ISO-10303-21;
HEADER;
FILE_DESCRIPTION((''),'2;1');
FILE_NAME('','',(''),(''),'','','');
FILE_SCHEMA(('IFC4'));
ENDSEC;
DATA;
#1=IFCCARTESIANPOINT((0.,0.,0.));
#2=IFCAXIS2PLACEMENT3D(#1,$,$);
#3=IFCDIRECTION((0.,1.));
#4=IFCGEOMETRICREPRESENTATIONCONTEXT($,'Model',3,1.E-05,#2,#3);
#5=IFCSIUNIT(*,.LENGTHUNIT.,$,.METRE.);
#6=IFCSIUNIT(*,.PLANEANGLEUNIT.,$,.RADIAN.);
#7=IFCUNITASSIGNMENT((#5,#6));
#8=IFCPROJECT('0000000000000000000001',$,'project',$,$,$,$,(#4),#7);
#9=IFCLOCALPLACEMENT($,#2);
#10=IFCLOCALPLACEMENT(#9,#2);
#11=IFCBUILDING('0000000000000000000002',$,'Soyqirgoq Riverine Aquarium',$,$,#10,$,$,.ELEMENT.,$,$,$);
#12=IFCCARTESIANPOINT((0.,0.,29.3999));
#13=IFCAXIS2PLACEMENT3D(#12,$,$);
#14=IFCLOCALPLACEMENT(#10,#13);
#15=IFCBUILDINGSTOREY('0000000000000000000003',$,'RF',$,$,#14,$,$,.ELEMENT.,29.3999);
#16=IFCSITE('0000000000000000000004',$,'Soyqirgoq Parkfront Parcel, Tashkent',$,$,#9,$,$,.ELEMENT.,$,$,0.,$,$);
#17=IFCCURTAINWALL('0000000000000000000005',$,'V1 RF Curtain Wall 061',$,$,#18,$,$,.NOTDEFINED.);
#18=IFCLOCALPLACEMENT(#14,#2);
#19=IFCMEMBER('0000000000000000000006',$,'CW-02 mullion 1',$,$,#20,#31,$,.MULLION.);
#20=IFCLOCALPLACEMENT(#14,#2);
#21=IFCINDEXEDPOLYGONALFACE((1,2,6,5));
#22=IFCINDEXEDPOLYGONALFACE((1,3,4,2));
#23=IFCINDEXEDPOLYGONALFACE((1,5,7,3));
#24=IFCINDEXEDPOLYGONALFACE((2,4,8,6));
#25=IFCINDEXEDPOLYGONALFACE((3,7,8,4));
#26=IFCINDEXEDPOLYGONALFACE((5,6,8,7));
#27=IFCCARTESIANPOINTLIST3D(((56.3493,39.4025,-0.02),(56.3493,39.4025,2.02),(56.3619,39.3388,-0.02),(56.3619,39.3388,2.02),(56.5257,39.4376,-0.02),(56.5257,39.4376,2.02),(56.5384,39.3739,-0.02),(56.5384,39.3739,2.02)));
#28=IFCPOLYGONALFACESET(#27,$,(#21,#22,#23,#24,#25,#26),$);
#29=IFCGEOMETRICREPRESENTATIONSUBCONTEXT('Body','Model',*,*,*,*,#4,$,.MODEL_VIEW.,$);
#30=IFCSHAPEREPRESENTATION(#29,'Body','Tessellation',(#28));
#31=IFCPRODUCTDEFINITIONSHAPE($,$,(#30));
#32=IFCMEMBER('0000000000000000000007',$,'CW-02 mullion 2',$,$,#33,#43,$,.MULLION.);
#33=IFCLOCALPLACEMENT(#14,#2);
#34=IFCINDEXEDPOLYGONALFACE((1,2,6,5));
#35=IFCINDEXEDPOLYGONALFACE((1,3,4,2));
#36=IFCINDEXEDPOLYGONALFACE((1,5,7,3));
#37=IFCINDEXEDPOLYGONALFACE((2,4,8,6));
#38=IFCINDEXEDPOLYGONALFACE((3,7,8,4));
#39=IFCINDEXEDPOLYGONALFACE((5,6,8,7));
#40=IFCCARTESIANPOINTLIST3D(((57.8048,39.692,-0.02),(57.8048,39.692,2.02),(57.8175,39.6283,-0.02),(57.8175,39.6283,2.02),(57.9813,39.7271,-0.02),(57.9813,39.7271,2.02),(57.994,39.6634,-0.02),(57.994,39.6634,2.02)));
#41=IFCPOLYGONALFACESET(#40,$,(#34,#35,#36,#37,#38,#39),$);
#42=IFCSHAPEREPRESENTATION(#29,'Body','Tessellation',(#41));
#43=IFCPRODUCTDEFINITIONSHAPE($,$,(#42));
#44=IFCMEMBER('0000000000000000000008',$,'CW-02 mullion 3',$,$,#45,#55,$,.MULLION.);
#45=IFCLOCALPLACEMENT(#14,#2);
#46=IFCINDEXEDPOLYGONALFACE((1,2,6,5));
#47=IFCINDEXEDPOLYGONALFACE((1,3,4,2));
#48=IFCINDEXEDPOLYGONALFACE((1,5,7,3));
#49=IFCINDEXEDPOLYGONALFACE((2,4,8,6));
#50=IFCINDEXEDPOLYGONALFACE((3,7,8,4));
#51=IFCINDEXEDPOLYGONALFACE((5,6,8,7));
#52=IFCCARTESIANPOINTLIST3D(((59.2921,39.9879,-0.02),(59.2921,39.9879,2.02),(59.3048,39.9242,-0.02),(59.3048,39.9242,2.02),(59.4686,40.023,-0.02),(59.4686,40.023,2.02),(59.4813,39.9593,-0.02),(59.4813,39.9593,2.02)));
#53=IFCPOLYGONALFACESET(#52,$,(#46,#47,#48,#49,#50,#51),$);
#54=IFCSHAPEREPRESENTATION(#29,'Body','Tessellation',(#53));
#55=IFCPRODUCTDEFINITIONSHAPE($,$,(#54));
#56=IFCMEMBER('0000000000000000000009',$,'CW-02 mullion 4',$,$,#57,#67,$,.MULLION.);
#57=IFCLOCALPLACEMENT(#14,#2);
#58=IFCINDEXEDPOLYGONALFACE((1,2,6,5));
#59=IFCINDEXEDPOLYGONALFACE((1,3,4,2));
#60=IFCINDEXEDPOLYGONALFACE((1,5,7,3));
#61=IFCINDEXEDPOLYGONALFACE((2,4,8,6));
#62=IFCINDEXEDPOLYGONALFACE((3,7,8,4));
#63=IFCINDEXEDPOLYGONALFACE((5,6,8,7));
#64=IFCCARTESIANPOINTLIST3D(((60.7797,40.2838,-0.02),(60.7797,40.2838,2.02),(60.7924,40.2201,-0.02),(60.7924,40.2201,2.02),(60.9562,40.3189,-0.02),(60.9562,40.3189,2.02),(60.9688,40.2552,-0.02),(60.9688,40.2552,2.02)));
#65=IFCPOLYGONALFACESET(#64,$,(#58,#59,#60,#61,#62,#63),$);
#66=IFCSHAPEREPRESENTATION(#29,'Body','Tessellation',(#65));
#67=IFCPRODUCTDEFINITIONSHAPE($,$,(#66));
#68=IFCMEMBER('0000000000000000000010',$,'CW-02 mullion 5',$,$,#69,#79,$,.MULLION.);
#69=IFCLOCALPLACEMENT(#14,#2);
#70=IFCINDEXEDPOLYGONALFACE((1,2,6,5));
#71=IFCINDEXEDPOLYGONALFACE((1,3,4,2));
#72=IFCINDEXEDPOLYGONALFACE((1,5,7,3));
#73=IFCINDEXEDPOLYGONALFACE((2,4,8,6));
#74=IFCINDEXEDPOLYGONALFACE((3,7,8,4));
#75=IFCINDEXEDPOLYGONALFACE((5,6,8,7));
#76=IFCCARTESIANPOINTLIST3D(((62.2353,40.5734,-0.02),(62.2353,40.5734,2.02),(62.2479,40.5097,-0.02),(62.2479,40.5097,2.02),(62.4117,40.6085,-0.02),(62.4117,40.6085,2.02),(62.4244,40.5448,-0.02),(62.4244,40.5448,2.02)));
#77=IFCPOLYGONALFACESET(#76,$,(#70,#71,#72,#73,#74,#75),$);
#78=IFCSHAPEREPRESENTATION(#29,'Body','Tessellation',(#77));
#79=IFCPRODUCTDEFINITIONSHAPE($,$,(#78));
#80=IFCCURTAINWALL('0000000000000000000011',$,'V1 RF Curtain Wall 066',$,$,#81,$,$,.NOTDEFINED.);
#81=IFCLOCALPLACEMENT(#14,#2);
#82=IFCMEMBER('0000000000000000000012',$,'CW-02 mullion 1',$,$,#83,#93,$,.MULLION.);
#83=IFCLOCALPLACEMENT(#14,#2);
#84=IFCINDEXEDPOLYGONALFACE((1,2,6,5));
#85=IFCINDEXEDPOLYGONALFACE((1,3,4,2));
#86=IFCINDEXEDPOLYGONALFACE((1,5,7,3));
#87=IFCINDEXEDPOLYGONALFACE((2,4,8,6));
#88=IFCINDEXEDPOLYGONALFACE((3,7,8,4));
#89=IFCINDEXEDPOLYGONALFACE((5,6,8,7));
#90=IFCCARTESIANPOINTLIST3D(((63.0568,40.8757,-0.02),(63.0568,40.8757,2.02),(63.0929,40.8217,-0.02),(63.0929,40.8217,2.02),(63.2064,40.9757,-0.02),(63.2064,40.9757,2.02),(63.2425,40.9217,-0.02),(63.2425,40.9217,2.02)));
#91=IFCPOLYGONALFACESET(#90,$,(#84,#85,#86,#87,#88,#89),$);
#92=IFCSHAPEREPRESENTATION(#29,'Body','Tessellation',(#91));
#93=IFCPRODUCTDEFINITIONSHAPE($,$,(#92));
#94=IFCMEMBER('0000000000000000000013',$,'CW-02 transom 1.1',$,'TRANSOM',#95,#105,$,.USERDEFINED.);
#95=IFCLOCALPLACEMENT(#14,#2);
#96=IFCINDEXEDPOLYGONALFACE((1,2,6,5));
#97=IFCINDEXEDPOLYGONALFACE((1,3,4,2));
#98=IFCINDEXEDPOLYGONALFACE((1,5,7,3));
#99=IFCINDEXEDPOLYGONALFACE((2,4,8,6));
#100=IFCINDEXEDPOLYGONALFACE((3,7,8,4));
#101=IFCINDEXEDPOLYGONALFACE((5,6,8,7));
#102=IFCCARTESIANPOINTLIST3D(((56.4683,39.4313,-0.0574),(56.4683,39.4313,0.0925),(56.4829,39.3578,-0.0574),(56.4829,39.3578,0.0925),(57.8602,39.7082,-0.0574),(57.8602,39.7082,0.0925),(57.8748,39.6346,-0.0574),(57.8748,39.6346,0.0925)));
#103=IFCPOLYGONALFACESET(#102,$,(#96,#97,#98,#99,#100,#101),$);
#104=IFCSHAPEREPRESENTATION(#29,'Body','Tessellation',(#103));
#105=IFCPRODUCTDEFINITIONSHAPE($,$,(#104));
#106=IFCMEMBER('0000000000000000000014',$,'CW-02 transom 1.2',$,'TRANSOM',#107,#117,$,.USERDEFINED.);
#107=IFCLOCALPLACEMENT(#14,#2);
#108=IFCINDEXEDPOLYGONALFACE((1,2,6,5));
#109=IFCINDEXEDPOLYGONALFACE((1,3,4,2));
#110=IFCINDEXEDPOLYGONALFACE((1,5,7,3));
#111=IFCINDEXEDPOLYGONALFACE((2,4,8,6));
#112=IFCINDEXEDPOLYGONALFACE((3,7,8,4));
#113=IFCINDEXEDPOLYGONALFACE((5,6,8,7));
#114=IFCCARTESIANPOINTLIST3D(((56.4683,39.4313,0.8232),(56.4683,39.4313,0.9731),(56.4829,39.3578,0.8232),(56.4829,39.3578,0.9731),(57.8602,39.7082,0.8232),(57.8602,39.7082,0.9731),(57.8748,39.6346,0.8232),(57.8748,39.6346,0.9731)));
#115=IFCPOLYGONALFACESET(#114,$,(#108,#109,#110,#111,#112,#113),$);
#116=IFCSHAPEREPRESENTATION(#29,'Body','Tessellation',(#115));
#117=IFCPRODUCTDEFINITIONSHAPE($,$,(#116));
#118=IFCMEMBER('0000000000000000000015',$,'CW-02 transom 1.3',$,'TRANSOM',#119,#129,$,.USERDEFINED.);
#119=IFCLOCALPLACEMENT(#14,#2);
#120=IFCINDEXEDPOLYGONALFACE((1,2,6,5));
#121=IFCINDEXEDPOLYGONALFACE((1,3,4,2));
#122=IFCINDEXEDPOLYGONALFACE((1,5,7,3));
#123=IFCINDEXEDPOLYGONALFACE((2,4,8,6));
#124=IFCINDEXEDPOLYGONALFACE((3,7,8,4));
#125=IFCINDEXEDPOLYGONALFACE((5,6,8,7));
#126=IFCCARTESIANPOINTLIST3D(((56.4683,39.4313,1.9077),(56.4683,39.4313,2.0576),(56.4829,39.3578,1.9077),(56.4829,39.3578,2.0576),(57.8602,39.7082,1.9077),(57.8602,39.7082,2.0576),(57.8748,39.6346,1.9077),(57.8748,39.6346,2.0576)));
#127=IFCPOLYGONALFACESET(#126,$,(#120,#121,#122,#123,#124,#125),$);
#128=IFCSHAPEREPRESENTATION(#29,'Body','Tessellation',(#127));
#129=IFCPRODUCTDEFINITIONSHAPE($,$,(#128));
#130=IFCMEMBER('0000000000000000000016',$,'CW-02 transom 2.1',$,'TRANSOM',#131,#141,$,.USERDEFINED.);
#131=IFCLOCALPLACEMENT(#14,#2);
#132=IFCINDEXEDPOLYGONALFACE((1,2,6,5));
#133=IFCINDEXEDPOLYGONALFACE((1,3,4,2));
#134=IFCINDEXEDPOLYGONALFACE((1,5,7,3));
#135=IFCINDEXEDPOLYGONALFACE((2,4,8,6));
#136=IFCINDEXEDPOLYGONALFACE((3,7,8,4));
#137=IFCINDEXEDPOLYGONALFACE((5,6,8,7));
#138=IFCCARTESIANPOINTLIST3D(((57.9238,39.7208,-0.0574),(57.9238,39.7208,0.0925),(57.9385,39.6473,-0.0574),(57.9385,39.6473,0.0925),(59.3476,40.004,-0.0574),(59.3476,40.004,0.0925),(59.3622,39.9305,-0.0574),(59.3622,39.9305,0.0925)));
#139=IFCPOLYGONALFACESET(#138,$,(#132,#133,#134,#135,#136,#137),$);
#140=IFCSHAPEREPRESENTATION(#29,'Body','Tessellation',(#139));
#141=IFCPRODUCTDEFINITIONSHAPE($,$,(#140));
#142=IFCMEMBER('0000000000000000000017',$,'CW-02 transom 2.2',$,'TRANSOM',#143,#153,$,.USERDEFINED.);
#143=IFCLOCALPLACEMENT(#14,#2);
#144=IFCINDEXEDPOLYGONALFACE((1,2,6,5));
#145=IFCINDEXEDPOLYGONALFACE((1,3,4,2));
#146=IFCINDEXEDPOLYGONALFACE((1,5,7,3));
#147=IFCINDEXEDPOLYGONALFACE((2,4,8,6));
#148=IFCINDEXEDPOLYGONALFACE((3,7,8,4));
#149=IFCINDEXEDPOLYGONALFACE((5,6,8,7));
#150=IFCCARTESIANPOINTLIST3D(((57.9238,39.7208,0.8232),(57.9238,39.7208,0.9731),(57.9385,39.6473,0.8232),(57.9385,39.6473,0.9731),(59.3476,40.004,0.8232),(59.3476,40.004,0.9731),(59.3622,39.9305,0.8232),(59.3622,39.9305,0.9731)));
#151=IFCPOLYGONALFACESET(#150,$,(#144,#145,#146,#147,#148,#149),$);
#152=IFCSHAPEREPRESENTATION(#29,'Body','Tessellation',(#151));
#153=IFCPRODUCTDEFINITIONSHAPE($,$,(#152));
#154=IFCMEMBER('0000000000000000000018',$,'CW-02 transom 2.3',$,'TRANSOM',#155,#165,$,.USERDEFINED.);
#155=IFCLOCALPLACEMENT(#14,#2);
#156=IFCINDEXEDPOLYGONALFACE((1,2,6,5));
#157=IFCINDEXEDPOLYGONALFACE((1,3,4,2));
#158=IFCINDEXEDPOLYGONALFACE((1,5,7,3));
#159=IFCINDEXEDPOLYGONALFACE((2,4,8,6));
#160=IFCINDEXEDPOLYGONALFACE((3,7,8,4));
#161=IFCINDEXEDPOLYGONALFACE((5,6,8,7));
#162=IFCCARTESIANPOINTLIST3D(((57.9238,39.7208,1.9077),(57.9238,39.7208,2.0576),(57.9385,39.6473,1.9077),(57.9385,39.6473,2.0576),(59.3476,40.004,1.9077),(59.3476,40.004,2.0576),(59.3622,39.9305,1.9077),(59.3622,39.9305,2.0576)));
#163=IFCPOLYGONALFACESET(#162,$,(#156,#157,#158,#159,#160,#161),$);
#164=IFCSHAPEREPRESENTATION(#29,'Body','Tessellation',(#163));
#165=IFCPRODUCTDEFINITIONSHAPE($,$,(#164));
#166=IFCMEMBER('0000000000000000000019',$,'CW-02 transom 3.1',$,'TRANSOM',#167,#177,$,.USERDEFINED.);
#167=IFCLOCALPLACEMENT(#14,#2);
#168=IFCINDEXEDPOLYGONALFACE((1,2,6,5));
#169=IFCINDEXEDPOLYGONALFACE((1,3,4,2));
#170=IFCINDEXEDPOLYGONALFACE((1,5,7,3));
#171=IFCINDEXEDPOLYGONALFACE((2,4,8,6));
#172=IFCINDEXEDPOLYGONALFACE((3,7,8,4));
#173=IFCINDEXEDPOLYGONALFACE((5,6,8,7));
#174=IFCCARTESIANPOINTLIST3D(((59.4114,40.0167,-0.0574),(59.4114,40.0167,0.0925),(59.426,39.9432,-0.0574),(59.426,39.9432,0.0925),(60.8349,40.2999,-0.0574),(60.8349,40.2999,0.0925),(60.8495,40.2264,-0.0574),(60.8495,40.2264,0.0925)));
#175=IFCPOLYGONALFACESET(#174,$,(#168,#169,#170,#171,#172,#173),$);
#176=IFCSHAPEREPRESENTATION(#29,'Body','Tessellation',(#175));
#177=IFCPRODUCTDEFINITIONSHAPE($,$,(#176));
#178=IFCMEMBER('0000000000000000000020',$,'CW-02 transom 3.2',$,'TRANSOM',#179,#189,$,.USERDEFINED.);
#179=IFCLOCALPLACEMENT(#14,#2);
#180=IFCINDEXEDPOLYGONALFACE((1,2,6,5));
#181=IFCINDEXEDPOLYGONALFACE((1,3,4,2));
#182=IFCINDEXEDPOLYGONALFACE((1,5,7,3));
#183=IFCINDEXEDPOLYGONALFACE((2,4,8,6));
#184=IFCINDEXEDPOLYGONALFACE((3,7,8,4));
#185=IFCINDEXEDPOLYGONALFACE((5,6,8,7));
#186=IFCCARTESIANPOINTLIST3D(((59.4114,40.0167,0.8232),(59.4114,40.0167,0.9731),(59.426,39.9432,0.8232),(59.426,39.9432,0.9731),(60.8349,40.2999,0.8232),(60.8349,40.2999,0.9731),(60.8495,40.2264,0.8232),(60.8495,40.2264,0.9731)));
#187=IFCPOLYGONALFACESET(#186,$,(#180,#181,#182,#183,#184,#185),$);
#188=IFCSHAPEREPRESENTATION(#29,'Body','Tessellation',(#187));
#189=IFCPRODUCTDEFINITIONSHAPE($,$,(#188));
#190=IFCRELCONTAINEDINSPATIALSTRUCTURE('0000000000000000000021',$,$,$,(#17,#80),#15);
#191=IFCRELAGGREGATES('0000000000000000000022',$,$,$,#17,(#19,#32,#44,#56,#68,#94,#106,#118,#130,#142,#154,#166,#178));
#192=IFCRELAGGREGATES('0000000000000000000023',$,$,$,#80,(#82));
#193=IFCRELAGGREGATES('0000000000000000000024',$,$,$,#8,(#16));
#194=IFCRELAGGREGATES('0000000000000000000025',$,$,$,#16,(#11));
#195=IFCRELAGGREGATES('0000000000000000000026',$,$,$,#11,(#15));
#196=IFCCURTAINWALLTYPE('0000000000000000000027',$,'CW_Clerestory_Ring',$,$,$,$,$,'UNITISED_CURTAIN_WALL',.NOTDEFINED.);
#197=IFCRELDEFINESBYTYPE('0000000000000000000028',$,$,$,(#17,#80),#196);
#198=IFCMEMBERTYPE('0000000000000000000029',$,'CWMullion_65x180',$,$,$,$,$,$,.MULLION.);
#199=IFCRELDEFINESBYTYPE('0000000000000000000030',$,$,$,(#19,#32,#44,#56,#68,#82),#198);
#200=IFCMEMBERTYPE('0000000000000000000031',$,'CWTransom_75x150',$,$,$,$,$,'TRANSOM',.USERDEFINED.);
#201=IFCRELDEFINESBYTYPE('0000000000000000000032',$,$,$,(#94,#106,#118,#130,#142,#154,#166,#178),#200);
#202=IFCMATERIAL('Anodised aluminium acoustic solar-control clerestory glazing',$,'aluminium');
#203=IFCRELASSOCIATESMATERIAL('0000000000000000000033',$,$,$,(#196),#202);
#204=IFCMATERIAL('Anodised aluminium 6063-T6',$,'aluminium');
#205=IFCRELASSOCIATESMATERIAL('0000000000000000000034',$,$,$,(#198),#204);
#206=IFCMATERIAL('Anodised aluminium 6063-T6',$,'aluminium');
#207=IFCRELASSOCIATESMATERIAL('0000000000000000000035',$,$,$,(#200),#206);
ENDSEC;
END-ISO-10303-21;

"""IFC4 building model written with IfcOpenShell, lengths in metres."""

from ifc_helpers import new_model, si_unit, direction, frame, origin, origin_2d, place, context, subcontext, project, spatial, rectangle, extrude, material, material_profile, profile_set, type_object, element, aggregate, save


model = new_model("IFC4")

# Units and contexts
model_context = context("Model", 3, precision=1e-05, world=origin(), true_north=direction((0.0, 1.0)))
body_context = subcontext(model_context, "Body", "Model", "MODEL_VIEW")
ifc_project = project(units=[si_unit("LENGTHUNIT", "METRE"), si_unit("PLANEANGLEUNIT", "RADIAN")], contexts=[model_context])

# Site, building, storey
site_placement = place(None, origin())
site = spatial("IfcSite", under=ifc_project, at=site_placement, Name="Soyqirgoq Parkfront Parcel, Tashkent", CompositionType="ELEMENT", RefElevation=0.0)
building_placement = place(site_placement, origin())
building = spatial("IfcBuilding", under=site, at=building_placement, Name="Soyqirgoq Riverine Aquarium", CompositionType="ELEMENT")
storey_placement = place(building_placement, frame((0.0, 0.0, 29.3999)))
storey = spatial("IfcBuildingStorey", under=building, at=storey_placement, Name="RF", CompositionType="ELEMENT", Elevation=29.3999)

# Curtain wall, members
ifc_material_1 = material(Name="Anodised aluminium acoustic solar-control clerestory glazing", Category="aluminium")
curtain_wall_type = type_object("IfcCurtainWallType", Name="CW_Clerestory_Ring", ElementType="UNITISED_CURTAIN_WALL", PredefinedType="NOTDEFINED", material=ifc_material_1)
curtain_wall_1_placement = place(storey_placement, origin())
curtain_wall_1 = element("IfcCurtainWall", 1, at=curtain_wall_1_placement, inside=storey, type_object=curtain_wall_type, Name="V1 RF Curtain Wall 061", PredefinedType="NOTDEFINED")
ifc_material_2 = material(Name="Anodised aluminium 6063-T6", Category="aluminium")
ifc_material_profile_1 = material_profile(ifc_material_2, rectangle(XDim=0.0649, YDim=0.1799, at=origin_2d()), Name="ALU-M 65x180")
ifc_profile_set_1 = profile_set([ifc_material_profile_1], Name="Anodised aluminium 6063-T6")
member_type_1 = type_object("IfcMemberType", Name="CWMullion_65x180", PredefinedType="MULLION", material=ifc_profile_set_1)
member_1_placement = place(storey_placement, frame((56.4438, 39.3882, -0.02), z_axis=(0.0, 0.0, 1.0), x_axis=(-0.195095, 0.980784, 0.0)))
member_1 = element("IfcMember", 2, at=member_1_placement, type_object=member_type_1, Name="CW-02 mullion 1", PredefinedType="MULLION", context=body_context, shape_type="SweptSolid", body=[
    extrude(rectangle(XDim=0.0649, YDim=0.1799, at=origin_2d()), origin(), (0.0, 0.0, 1.0), 2.04),
])
member_2_placement = place(storey_placement, frame((57.8994, 39.6777, -0.02), z_axis=(0.0, 0.0, 1.0), x_axis=(-0.195095, 0.980784, 0.0)))
member_2 = element("IfcMember", 3, at=member_2_placement, type_object=member_type_1, Name="CW-02 mullion 2", PredefinedType="MULLION", context=body_context, shape_type="SweptSolid", body=[
    extrude(rectangle(XDim=0.0649, YDim=0.1799, at=origin_2d()), origin(), (0.0, 0.0, 1.0), 2.04),
])
member_3_placement = place(storey_placement, frame((59.3867, 39.9736, -0.02), z_axis=(0.0, 0.0, 1.0), x_axis=(-0.195095, 0.980784, 0.0)))
member_3 = element("IfcMember", 4, at=member_3_placement, type_object=member_type_1, Name="CW-02 mullion 3", PredefinedType="MULLION", context=body_context, shape_type="SweptSolid", body=[
    extrude(rectangle(XDim=0.0649, YDim=0.1799, at=origin_2d()), origin(), (0.0, 0.0, 1.0), 2.04),
])
member_4_placement = place(storey_placement, frame((60.8743, 40.2695, -0.02), z_axis=(0.0, 0.0, 1.0), x_axis=(-0.195095, 0.980784, 0.0)))
member_4 = element("IfcMember", 5, at=member_4_placement, type_object=member_type_1, Name="CW-02 mullion 4", PredefinedType="MULLION", context=body_context, shape_type="SweptSolid", body=[
    extrude(rectangle(XDim=0.0649, YDim=0.1799, at=origin_2d()), origin(), (0.0, 0.0, 1.0), 2.04),
])
member_5_placement = place(storey_placement, frame((62.3298, 40.5591, -0.02), z_axis=(0.0, 0.0, 1.0), x_axis=(-0.195095, 0.980784, 0.0)))
member_5 = element("IfcMember", 6, at=member_5_placement, type_object=member_type_1, Name="CW-02 mullion 5", PredefinedType="MULLION", context=body_context, shape_type="SweptSolid", body=[
    extrude(rectangle(XDim=0.0649, YDim=0.1799, at=origin_2d()), origin(), (0.0, 0.0, 1.0), 2.04),
])

# Curtain wall, member
curtain_wall_2_placement = place(storey_placement, origin())
curtain_wall_2 = element("IfcCurtainWall", 7, at=curtain_wall_2_placement, inside=storey, type_object=curtain_wall_type, Name="V1 RF Curtain Wall 066", PredefinedType="NOTDEFINED")
member_6_placement = place(storey_placement, frame((63.1497, 40.8987, -0.02), z_axis=(0.0, 0.0, 1.0), x_axis=(-0.555579, 0.831464, 0.0)))
member_6 = element("IfcMember", 8, at=member_6_placement, type_object=member_type_1, Name="CW-02 mullion 1", PredefinedType="MULLION", context=body_context, shape_type="SweptSolid", body=[
    extrude(rectangle(XDim=0.0649, YDim=0.1799, at=origin_2d()), origin(), (0.0, 0.0, 1.0), 2.04),
])

# Members
ifc_material_3 = material(Name="Anodised aluminium 6063-T6", Category="aluminium")
ifc_material_profile_2 = material_profile(ifc_material_3, rectangle(XDim=0.075, YDim=0.1499, at=origin_2d()), Name="ALU-T 75x150")
ifc_profile_set_2 = profile_set([ifc_material_profile_2], Name="Anodised aluminium 6063-T6")
member_type_2 = type_object("IfcMemberType", Name="CWTransom_75x150", ElementType="TRANSOM", PredefinedType="USERDEFINED", material=ifc_profile_set_2)
member_7_placement = place(storey_placement, frame((56.4756, 39.3945, 0.0176), z_axis=(0.980785, 0.19509, 0.0), x_axis=(-0.19509, 0.980785, 0.0)))
member_7 = element("IfcMember", 9, at=member_7_placement, type_object=member_type_2, Name="CW-02 transom 1.1", ObjectType="TRANSOM", PredefinedType="USERDEFINED", context=body_context, shape_type="SweptSolid", body=[
    extrude(rectangle(XDim=0.075, YDim=0.1499, at=origin_2d()), origin(), (0.0, 0.0, 1.0), 1.4192),
])
member_8_placement = place(storey_placement, frame((56.4756, 39.3945, 0.8982), z_axis=(0.980785, 0.19509, 0.0), x_axis=(-0.19509, 0.980785, 0.0)))
member_8 = element("IfcMember", 10, at=member_8_placement, type_object=member_type_2, Name="CW-02 transom 1.2", ObjectType="TRANSOM", PredefinedType="USERDEFINED", context=body_context, shape_type="SweptSolid", body=[
    extrude(rectangle(XDim=0.075, YDim=0.1499, at=origin_2d()), origin(), (0.0, 0.0, 1.0), 1.4192),
])
member_9_placement = place(storey_placement, frame((56.4756, 39.3945, 1.9827), z_axis=(0.980785, 0.19509, 0.0), x_axis=(-0.19509, 0.980785, 0.0)))
member_9 = element("IfcMember", 11, at=member_9_placement, type_object=member_type_2, Name="CW-02 transom 1.3", ObjectType="TRANSOM", PredefinedType="USERDEFINED", context=body_context, shape_type="SweptSolid", body=[
    extrude(rectangle(XDim=0.075, YDim=0.1499, at=origin_2d()), origin(), (0.0, 0.0, 1.0), 1.4192),
])
member_10_placement = place(storey_placement, frame((57.9312, 39.6841, 0.0176), z_axis=(0.980787, 0.195081, 0.0), x_axis=(-0.195081, 0.980787, 0.0)))
member_10 = element("IfcMember", 12, at=member_10_placement, type_object=member_type_2, Name="CW-02 transom 2.1", ObjectType="TRANSOM", PredefinedType="USERDEFINED", context=body_context, shape_type="SweptSolid", body=[
    extrude(rectangle(XDim=0.075, YDim=0.1499, at=origin_2d()), origin(), (0.0, 0.0, 1.0), 1.4517),
])
member_11_placement = place(storey_placement, frame((57.9312, 39.6841, 0.8982), z_axis=(0.980787, 0.195081, 0.0), x_axis=(-0.195081, 0.980787, 0.0)))
member_11 = element("IfcMember", 13, at=member_11_placement, type_object=member_type_2, Name="CW-02 transom 2.2", ObjectType="TRANSOM", PredefinedType="USERDEFINED", context=body_context, shape_type="SweptSolid", body=[
    extrude(rectangle(XDim=0.075, YDim=0.1499, at=origin_2d()), origin(), (0.0, 0.0, 1.0), 1.4517),
])
member_12_placement = place(storey_placement, frame((57.9312, 39.6841, 1.9827), z_axis=(0.980787, 0.195081, 0.0), x_axis=(-0.195081, 0.980787, 0.0)))
member_12 = element("IfcMember", 14, at=member_12_placement, type_object=member_type_2, Name="CW-02 transom 2.3", ObjectType="TRANSOM", PredefinedType="USERDEFINED", context=body_context, shape_type="SweptSolid", body=[
    extrude(rectangle(XDim=0.075, YDim=0.1499, at=origin_2d()), origin(), (0.0, 0.0, 1.0), 1.4517),
])
member_13_placement = place(storey_placement, frame((59.4187, 39.98, 0.0176), z_axis=(0.980781, 0.195113, 0.0), x_axis=(-0.195113, 0.980781, 0.0)))
member_13 = element("IfcMember", 15, at=member_13_placement, type_object=member_type_2, Name="CW-02 transom 3.1", ObjectType="TRANSOM", PredefinedType="USERDEFINED", context=body_context, shape_type="SweptSolid", body=[
    extrude(rectangle(XDim=0.075, YDim=0.1499, at=origin_2d()), origin(), (0.0, 0.0, 1.0), 1.4514),
])
member_14_placement = place(storey_placement, frame((59.4187, 39.98, 0.8982), z_axis=(0.980781, 0.195113, 0.0), x_axis=(-0.195113, 0.980781, 0.0)))
member_14 = element("IfcMember", 16, at=member_14_placement, type_object=member_type_2, Name="CW-02 transom 3.2", ObjectType="TRANSOM", PredefinedType="USERDEFINED", context=body_context, shape_type="SweptSolid", body=[
    extrude(rectangle(XDim=0.075, YDim=0.1499, at=origin_2d()), origin(), (0.0, 0.0, 1.0), 1.4514),
])

aggregate(curtain_wall_1, [member_1, member_2, member_3, member_4, member_5, member_7, member_8, member_9, member_10, member_11, member_12, member_13, member_14])
aggregate(curtain_wall_2, [member_6])

save(model, "model.ifc")
